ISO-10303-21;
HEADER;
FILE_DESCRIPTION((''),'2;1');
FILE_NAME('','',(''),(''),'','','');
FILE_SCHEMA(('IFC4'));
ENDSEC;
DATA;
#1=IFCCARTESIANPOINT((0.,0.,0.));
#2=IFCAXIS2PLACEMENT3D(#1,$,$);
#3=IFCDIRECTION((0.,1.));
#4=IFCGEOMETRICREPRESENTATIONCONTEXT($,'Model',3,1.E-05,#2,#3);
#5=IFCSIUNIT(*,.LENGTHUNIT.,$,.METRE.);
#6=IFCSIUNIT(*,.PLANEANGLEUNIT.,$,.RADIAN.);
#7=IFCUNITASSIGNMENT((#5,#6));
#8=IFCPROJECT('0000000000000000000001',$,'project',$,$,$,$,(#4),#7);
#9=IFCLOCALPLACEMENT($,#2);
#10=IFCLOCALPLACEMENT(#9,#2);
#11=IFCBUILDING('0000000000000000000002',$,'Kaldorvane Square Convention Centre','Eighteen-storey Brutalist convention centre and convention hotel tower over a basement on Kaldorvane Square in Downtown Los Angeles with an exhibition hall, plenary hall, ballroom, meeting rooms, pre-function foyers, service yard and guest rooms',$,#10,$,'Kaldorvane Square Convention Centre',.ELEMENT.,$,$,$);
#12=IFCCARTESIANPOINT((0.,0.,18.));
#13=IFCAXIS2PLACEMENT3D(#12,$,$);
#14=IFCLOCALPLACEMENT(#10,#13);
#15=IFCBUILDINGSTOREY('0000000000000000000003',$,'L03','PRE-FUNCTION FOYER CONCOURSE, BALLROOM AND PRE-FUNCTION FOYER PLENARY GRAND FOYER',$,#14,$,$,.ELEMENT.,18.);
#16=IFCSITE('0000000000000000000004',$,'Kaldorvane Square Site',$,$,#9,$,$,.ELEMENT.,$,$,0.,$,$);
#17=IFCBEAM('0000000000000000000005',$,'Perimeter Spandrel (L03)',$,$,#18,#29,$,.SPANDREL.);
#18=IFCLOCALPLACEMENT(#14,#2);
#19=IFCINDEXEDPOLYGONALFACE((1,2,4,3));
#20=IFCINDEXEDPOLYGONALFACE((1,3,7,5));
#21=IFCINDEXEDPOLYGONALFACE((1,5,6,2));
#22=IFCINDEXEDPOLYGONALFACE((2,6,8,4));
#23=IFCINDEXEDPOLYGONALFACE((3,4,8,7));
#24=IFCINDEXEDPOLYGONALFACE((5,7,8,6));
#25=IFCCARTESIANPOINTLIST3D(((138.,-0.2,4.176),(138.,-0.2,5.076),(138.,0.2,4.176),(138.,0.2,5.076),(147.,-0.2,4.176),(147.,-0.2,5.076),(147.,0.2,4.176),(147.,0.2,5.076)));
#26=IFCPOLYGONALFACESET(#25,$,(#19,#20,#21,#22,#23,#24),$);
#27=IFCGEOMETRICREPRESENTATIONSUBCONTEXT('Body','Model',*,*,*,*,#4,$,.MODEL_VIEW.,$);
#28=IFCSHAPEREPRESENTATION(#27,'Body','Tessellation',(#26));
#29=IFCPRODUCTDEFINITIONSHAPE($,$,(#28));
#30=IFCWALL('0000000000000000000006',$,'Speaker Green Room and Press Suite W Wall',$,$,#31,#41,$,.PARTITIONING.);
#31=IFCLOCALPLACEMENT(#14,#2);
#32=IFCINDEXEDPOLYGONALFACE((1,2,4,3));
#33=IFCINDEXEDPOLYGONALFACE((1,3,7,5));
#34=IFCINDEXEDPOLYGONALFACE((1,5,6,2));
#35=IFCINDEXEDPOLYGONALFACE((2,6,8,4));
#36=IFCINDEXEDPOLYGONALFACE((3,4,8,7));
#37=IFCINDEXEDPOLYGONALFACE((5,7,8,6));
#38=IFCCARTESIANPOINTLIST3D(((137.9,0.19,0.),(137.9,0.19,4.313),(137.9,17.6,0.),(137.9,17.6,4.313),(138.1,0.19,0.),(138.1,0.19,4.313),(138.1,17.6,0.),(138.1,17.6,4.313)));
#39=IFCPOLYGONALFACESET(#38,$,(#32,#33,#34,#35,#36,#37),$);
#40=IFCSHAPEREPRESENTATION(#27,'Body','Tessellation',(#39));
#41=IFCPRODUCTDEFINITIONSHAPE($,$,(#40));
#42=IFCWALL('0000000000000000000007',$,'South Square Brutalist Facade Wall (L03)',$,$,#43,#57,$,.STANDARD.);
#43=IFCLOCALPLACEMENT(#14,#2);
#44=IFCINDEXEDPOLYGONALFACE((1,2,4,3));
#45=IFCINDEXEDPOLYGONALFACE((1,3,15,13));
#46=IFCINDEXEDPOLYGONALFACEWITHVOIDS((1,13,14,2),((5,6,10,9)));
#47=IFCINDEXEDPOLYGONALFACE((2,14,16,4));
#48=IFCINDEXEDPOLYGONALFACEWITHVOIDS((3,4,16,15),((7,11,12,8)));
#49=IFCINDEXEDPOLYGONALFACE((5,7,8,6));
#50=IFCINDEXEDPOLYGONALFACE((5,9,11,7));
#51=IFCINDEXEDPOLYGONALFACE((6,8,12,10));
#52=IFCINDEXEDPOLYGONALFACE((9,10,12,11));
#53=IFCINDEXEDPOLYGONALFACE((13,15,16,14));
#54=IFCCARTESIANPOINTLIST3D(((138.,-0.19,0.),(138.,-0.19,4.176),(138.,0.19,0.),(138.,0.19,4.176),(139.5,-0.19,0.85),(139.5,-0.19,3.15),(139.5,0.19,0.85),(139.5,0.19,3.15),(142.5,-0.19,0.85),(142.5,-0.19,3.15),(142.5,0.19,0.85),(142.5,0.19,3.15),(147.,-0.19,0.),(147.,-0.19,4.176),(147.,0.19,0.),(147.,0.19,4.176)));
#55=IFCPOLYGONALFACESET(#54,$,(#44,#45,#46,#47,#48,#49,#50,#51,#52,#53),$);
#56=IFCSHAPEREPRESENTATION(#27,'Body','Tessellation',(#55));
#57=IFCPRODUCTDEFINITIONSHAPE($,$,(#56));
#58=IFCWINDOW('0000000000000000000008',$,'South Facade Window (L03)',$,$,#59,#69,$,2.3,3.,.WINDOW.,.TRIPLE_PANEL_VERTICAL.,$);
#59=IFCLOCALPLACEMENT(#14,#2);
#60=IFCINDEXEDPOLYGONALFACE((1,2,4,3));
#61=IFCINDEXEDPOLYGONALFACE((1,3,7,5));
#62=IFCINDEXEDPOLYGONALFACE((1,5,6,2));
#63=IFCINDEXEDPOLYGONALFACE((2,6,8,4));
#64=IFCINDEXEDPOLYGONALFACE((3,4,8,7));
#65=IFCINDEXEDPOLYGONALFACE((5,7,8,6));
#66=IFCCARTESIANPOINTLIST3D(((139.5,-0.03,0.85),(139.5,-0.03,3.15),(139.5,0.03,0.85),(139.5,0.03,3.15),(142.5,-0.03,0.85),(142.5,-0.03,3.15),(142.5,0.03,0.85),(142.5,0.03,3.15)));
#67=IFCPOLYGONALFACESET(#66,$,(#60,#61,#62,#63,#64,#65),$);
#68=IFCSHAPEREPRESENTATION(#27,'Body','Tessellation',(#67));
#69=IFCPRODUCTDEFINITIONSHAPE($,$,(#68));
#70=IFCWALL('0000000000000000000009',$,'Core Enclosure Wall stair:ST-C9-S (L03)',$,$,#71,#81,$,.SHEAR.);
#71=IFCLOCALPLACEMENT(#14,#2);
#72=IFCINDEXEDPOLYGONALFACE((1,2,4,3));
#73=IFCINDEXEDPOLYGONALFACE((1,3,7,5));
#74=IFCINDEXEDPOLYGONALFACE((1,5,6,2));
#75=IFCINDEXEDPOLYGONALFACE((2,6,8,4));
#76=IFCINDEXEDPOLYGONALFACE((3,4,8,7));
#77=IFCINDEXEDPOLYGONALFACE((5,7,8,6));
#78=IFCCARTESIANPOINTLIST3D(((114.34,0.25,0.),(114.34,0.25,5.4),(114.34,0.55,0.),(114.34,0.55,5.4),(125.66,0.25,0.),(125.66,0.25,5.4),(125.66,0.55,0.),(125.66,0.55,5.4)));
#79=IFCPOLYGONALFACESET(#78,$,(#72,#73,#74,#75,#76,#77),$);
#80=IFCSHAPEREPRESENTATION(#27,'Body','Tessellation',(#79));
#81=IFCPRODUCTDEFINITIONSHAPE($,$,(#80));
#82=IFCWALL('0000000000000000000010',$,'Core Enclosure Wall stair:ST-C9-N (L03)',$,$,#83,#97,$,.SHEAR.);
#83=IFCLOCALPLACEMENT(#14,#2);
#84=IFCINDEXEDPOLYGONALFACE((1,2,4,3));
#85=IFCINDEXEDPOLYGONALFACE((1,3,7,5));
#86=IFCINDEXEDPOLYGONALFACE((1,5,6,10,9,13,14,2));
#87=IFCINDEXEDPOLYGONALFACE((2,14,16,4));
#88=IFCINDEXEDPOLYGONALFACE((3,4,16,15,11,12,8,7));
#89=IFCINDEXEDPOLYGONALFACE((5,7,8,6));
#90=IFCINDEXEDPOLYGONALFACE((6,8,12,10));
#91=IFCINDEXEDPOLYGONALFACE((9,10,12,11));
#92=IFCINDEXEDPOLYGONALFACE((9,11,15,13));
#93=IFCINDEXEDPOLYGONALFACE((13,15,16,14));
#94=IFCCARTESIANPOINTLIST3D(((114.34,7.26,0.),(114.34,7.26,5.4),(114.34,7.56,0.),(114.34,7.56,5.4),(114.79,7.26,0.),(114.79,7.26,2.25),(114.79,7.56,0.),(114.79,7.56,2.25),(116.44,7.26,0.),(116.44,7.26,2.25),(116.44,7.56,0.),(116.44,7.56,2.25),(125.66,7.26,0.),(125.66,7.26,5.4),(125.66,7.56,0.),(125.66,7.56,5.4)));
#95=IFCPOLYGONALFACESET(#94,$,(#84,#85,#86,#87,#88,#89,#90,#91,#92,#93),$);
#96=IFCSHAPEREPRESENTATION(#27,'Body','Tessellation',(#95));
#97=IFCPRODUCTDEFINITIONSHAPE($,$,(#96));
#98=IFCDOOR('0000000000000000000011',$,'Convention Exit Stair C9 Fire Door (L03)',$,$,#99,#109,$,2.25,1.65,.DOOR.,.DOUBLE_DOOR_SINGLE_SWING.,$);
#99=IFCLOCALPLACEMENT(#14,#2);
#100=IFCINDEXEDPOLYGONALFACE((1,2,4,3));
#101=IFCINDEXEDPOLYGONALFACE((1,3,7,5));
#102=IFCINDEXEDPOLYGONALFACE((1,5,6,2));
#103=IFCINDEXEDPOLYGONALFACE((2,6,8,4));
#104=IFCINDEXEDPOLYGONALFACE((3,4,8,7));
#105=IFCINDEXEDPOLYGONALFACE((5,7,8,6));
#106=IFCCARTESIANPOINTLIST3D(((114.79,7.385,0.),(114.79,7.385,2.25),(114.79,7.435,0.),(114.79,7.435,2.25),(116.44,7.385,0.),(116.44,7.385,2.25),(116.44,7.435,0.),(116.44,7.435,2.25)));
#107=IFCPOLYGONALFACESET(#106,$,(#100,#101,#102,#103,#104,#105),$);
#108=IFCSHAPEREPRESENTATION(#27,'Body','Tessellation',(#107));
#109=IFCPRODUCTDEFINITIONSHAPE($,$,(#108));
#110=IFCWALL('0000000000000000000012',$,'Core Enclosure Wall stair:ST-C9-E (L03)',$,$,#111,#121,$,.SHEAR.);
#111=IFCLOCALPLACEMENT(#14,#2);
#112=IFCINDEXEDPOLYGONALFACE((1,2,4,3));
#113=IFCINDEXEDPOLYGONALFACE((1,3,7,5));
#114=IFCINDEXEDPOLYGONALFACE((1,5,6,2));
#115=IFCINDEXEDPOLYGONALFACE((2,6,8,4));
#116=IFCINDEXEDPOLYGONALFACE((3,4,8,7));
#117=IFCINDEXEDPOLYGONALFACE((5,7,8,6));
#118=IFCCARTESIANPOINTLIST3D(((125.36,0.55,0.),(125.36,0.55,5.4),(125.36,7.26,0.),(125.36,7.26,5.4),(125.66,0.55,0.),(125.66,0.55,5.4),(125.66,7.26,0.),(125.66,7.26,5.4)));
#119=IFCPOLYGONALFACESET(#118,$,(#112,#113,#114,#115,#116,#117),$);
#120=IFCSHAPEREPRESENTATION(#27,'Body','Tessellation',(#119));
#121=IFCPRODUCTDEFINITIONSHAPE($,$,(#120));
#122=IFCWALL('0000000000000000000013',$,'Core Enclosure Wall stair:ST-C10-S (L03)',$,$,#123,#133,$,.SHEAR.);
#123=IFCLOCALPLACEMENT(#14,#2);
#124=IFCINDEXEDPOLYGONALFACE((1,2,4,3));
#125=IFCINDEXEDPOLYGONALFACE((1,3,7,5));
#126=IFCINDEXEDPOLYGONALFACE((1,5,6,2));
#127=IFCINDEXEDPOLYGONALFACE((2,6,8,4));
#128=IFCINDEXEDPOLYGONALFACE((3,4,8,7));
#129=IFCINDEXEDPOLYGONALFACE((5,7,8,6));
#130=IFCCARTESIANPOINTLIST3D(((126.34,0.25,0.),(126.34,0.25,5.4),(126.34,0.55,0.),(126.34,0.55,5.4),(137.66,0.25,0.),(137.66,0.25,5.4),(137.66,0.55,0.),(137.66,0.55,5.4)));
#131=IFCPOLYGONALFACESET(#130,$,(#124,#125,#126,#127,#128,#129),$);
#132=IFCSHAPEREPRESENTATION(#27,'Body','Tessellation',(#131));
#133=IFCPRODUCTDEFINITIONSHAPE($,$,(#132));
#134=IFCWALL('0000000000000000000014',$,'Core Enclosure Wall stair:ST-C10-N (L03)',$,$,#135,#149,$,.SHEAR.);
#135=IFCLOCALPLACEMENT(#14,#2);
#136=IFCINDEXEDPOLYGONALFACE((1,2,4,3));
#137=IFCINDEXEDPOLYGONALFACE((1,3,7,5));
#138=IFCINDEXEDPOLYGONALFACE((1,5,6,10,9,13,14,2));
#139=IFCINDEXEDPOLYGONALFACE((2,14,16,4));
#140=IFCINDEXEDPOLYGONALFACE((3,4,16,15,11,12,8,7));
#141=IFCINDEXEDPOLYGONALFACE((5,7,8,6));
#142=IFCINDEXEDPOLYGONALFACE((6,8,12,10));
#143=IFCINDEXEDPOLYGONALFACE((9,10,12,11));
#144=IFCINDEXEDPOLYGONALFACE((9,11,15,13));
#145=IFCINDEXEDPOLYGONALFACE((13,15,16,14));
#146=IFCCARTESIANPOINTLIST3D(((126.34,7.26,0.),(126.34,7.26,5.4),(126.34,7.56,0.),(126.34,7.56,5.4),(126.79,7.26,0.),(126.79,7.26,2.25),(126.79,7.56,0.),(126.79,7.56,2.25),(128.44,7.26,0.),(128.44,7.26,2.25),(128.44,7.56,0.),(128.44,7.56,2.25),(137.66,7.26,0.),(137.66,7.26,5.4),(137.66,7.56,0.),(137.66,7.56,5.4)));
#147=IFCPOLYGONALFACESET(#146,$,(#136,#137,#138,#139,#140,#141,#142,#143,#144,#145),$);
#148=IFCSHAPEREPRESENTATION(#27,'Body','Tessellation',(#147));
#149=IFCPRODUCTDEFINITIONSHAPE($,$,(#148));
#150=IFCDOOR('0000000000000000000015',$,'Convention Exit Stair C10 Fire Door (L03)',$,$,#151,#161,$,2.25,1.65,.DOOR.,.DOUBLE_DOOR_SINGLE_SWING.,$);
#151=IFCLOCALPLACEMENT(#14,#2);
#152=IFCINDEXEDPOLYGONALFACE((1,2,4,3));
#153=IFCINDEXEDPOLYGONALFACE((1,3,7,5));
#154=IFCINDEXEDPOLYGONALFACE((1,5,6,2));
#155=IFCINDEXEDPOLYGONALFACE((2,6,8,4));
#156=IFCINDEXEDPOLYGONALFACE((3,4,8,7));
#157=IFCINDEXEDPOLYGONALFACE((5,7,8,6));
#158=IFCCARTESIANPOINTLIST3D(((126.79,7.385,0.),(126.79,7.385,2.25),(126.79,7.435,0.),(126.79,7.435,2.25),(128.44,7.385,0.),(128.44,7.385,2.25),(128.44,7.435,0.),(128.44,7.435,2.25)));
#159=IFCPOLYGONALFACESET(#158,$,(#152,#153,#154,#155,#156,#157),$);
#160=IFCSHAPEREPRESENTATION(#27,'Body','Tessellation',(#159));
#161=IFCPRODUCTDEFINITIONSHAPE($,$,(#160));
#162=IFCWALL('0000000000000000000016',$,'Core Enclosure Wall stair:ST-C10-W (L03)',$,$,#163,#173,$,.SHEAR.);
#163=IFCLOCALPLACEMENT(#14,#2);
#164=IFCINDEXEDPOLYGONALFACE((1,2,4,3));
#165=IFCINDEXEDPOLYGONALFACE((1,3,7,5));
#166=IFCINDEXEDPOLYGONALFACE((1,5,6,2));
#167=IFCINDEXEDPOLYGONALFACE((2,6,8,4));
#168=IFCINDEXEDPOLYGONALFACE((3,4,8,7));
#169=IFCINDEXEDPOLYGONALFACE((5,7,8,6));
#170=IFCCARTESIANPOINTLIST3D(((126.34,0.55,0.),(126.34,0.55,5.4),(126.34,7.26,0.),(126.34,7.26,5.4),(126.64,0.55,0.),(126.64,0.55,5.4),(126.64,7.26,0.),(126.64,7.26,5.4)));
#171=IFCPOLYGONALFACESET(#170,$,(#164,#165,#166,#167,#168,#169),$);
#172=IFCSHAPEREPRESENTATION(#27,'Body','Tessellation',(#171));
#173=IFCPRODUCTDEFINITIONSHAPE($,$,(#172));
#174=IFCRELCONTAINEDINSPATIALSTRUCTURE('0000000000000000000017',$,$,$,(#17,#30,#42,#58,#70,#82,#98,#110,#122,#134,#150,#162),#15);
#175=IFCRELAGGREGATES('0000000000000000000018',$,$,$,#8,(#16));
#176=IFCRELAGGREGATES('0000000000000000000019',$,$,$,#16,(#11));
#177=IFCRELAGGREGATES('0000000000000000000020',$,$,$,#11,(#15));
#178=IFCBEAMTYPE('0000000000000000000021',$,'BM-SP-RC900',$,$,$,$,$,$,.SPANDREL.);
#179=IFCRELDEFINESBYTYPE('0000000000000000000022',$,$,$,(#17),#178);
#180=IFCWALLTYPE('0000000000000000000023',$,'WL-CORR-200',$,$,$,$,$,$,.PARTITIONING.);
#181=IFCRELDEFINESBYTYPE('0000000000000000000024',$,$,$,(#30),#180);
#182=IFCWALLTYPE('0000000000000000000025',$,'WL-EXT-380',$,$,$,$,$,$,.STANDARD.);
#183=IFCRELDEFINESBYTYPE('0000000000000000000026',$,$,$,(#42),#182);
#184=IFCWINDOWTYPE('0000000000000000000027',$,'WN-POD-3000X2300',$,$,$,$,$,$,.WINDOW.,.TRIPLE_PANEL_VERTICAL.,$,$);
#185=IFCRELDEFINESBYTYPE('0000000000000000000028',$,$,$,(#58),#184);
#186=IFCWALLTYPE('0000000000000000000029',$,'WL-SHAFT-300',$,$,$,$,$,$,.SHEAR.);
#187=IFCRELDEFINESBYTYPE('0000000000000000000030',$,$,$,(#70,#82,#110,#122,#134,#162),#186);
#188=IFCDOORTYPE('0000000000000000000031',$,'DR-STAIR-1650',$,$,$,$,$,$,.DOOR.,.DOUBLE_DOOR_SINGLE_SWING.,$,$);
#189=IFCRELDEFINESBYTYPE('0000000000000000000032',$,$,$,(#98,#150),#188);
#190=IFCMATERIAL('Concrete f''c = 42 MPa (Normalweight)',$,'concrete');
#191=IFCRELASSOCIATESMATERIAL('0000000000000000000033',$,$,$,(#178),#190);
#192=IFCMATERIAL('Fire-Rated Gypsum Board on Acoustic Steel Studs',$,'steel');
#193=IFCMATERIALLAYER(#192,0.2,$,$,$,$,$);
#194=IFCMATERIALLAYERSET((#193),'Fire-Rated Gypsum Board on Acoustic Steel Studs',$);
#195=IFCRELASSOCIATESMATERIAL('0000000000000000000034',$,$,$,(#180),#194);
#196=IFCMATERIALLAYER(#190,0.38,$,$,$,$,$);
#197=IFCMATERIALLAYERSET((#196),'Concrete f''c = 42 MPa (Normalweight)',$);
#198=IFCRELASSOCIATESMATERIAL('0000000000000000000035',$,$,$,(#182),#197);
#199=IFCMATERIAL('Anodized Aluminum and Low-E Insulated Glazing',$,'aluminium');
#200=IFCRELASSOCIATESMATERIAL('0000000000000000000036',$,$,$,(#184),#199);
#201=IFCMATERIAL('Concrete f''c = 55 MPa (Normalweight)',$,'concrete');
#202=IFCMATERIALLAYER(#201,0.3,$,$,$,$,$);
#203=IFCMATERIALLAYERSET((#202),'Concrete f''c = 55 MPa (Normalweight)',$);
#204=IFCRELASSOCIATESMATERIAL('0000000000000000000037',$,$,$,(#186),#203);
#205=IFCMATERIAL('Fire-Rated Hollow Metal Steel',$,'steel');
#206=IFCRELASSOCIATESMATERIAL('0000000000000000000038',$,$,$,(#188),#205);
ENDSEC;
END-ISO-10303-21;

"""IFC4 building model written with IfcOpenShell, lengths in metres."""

from ifc_helpers import new_model, si_unit, direction, frame, frame_2d, origin, origin_2d, place, context, subcontext, project, spatial, rectangle, extrude, material, layer, layer_set, material_profile, profile_set, type_object, element, fill, save


model = new_model("IFC4")

# Units and contexts
model_context = context("Model", 3, precision=1e-05, world=origin(), true_north=direction((0.0, 1.0)))
body_context = subcontext(model_context, "Body", "Model", "MODEL_VIEW")
ifc_project = project(units=[si_unit("LENGTHUNIT", "METRE"), si_unit("PLANEANGLEUNIT", "RADIAN")], contexts=[model_context])

# Site, building, storey
site_placement = place(None, origin())
site = spatial("IfcSite", under=ifc_project, at=site_placement, Name="Kaldorvane Square Site", CompositionType="ELEMENT", RefElevation=0.0)
building_placement = place(site_placement, origin())
building = spatial("IfcBuilding", under=site, at=building_placement, Name="Kaldorvane Square Convention Centre", Description="Eighteen-storey Brutalist convention centre and convention hotel tower over a basement on Kaldorvane Square in Downtown Los Angeles with an exhibition hall, plenary hall, ballroom, meeting rooms, pre-function foyers, service yard and guest rooms", LongName="Kaldorvane Square Convention Centre", CompositionType="ELEMENT")
storey_placement = place(building_placement, frame((0.0, 0.0, 18.0)))
storey = spatial("IfcBuildingStorey", under=building, at=storey_placement, Name="L03", Description="PRE-FUNCTION FOYER CONCOURSE, BALLROOM AND PRE-FUNCTION FOYER PLENARY GRAND FOYER", CompositionType="ELEMENT", Elevation=18.0)

# Beam
ifc_material_1 = material(Name="Concrete f'c = 42 MPa (Normalweight)", Category="concrete")
ifc_material_profile_1 = material_profile(ifc_material_1, rectangle(XDim=0.4, YDim=0.9, at=origin_2d()), Name="RCSP900X400")
ifc_profile_set_1 = profile_set([ifc_material_profile_1], Name="Concrete f'c = 42 MPa (Normalweight)")
beam_type_1 = type_object("IfcBeamType", Name="BM-SP-RC900", PredefinedType="SPANDREL", material=ifc_profile_set_1)
beam_1_placement = place(storey_placement, frame((138.0, 0.0, 4.626), z_axis=(1.0, 0.0, 0.0), x_axis=(0.0, 1.0, 0.0)))
element("IfcBeam", 1, at=beam_1_placement, inside=storey, type_object=beam_type_1, Name="Perimeter Spandrel (L03)", PredefinedType="SPANDREL", context=body_context, shape_type="SweptSolid", body=[
    extrude(rectangle(XDim=0.4, YDim=0.9, at=origin_2d()), origin(), (0.0, 0.0, 1.0), 9.0),
])

# Wall
ifc_material_2 = material(Name="Fire-Rated Gypsum Board on Acoustic Steel Studs", Category="steel")
ifc_layer_1 = layer(ifc_material_2, 0.2)
ifc_layer_set_1 = layer_set([ifc_layer_1], Name="Fire-Rated Gypsum Board on Acoustic Steel Studs")
wall_type_1 = type_object("IfcWallType", Name="WL-CORR-200", PredefinedType="PARTITIONING", material=ifc_layer_set_1)
wall_1_placement = place(storey_placement, frame((138.0, 17.6, 0.0), z_axis=(0.0, 0.0, 1.0), x_axis=(0.0, -1.0, 0.0)))
element("IfcWall", 2, at=wall_1_placement, inside=storey, type_object=wall_type_1, Name="Speaker Green Room and Press Suite W Wall", PredefinedType="PARTITIONING", context=body_context, shape_type="SweptSolid", body=[
    extrude(rectangle(XDim=17.41, YDim=0.2, at=frame_2d((8.705, 0.0))), origin(), (0.0, 0.0, 1.0), 4.313),
])

# Wall, opening, window
ifc_layer_2 = layer(ifc_material_1, 0.38)
ifc_layer_set_2 = layer_set([ifc_layer_2], Name="Concrete f'c = 42 MPa (Normalweight)")
wall_type_2 = type_object("IfcWallType", Name="WL-EXT-380", PredefinedType="STANDARD", material=ifc_layer_set_2)
wall_2_placement = place(storey_placement, frame((138.0, 0.0, 0.0), z_axis=(0.0, 0.0, 1.0), x_axis=(1.0, 0.0, 0.0)))
wall_2 = element("IfcWall", 3, at=wall_2_placement, inside=storey, type_object=wall_type_2, Name="South Square Brutalist Facade Wall (L03)", PredefinedType="STANDARD", context=body_context, shape_type="SweptSolid", body=[
    extrude(rectangle(XDim=9.0, YDim=0.38, at=frame_2d((4.5, 0.0))), origin(), (0.0, 0.0, 1.0), 4.176),
])
opening_1_placement = place(wall_2_placement, frame((1.5, 0.0, 0.85)))
opening_1 = element("IfcOpeningElement", 4, at=opening_1_placement, cuts=wall_2, PredefinedType="OPENING", context=body_context, shape_type="SweptSolid", body=[
    extrude(rectangle(XDim=3.0, YDim=2.3, at=frame_2d((1.5, 1.15))), frame((0.0, 0.205, 0.0), z_axis=(0.0, -1.0, 0.0), x_axis=(1.0, 0.0, 0.0)), (0.0, 0.0, 1.0), 0.41),
])
ifc_material_3 = material(Name="Anodized Aluminum and Low-E Insulated Glazing", Category="aluminium")
window_type = type_object("IfcWindowType", Name="WN-POD-3000X2300", PartitioningType="TRIPLE_PANEL_VERTICAL", PredefinedType="WINDOW", material=ifc_material_3)
window_placement = place(opening_1_placement, origin())
window = element("IfcWindow", 5, at=window_placement, inside=storey, type_object=window_type, Name="South Facade Window (L03)", OverallHeight=2.3, OverallWidth=3.0, PartitioningType="TRIPLE_PANEL_VERTICAL", PredefinedType="WINDOW", context=body_context, shape_type="SweptSolid", body=[
    extrude(rectangle(XDim=3.0, YDim=2.3, at=frame_2d((1.5, 1.15))), frame((0.0, 0.03, 0.0), z_axis=(0.0, -1.0, 0.0), x_axis=(1.0, 0.0, 0.0)), (0.0, 0.0, 1.0), 0.06),
])
fill(opening_1, window)

# Wall
ifc_material_4 = material(Name="Concrete f'c = 55 MPa (Normalweight)", Category="concrete")
ifc_layer_3 = layer(ifc_material_4, 0.3)
ifc_layer_set_3 = layer_set([ifc_layer_3], Name="Concrete f'c = 55 MPa (Normalweight)")
wall_type_3 = type_object("IfcWallType", Name="WL-SHAFT-300", PredefinedType="SHEAR", material=ifc_layer_set_3)
wall_3_placement = place(storey_placement, frame((125.66, 0.4, 0.0), z_axis=(0.0, 0.0, 1.0), x_axis=(-1.0, 0.0, 0.0)))
element("IfcWall", 6, at=wall_3_placement, inside=storey, type_object=wall_type_3, Name="Core Enclosure Wall stair:ST-C9-S (L03)", PredefinedType="SHEAR", context=body_context, shape_type="SweptSolid", body=[
    extrude(rectangle(XDim=11.32, YDim=0.3, at=frame_2d((5.66, 0.0))), origin(), (0.0, 0.0, 1.0), 5.4),
])

# Wall, opening, door
wall_4_placement = place(storey_placement, frame((125.66, 7.41, 0.0), z_axis=(0.0, 0.0, 1.0), x_axis=(-1.0, 0.0, 0.0)))
wall_4 = element("IfcWall", 7, at=wall_4_placement, inside=storey, type_object=wall_type_3, Name="Core Enclosure Wall stair:ST-C9-N (L03)", PredefinedType="SHEAR", context=body_context, shape_type="SweptSolid", body=[
    extrude(rectangle(XDim=11.32, YDim=0.3, at=frame_2d((5.66, 0.0))), origin(), (0.0, 0.0, 1.0), 5.4),
])
opening_2_placement = place(wall_4_placement, frame((9.22, 0.0, 0.0)))
opening_2 = element("IfcOpeningElement", 8, at=opening_2_placement, cuts=wall_4, PredefinedType="OPENING", context=body_context, shape_type="SweptSolid", body=[
    extrude(rectangle(XDim=1.65, YDim=2.25, at=frame_2d((0.825, 1.125))), frame((0.0, 0.165, 0.0), z_axis=(0.0, -1.0, 0.0), x_axis=(1.0, 0.0, 0.0)), (0.0, 0.0, 1.0), 0.33),
])
ifc_material_5 = material(Name="Fire-Rated Hollow Metal Steel", Category="steel")
door_type = type_object("IfcDoorType", Name="DR-STAIR-1650", OperationType="DOUBLE_DOOR_SINGLE_SWING", PredefinedType="DOOR", material=ifc_material_5)
door_1_placement = place(opening_2_placement, origin())
door_1 = element("IfcDoor", 9, at=door_1_placement, inside=storey, type_object=door_type, Name="Convention Exit Stair C9 Fire Door (L03)", OperationType="DOUBLE_DOOR_SINGLE_SWING", OverallHeight=2.25, OverallWidth=1.65, PredefinedType="DOOR", context=body_context, shape_type="SweptSolid", body=[
    extrude(rectangle(XDim=1.65, YDim=2.25, at=frame_2d((0.825, 1.125))), frame((0.0, 0.025, 0.0), z_axis=(0.0, -1.0, 0.0), x_axis=(1.0, 0.0, 0.0)), (0.0, 0.0, 1.0), 0.05),
])
fill(opening_2, door_1)

# Walls
wall_5_placement = place(storey_placement, frame((125.51, 0.55, 0.0), z_axis=(0.0, 0.0, 1.0), x_axis=(0.0, 1.0, 0.0)))
element("IfcWall", 10, at=wall_5_placement, inside=storey, type_object=wall_type_3, Name="Core Enclosure Wall stair:ST-C9-E (L03)", PredefinedType="SHEAR", context=body_context, shape_type="SweptSolid", body=[
    extrude(rectangle(XDim=6.71, YDim=0.3, at=frame_2d((3.355, 0.0))), origin(), (0.0, 0.0, 1.0), 5.4),
])
wall_6_placement = place(storey_placement, frame((137.66, 0.4, 0.0), z_axis=(0.0, 0.0, 1.0), x_axis=(-1.0, 0.0, 0.0)))
element("IfcWall", 11, at=wall_6_placement, inside=storey, type_object=wall_type_3, Name="Core Enclosure Wall stair:ST-C10-S (L03)", PredefinedType="SHEAR", context=body_context, shape_type="SweptSolid", body=[
    extrude(rectangle(XDim=11.32, YDim=0.3, at=frame_2d((5.66, 0.0))), origin(), (0.0, 0.0, 1.0), 5.4),
])

# Wall, opening, door
wall_7_placement = place(storey_placement, frame((137.66, 7.41, 0.0), z_axis=(0.0, 0.0, 1.0), x_axis=(-1.0, 0.0, 0.0)))
wall_7 = element("IfcWall", 12, at=wall_7_placement, inside=storey, type_object=wall_type_3, Name="Core Enclosure Wall stair:ST-C10-N (L03)", PredefinedType="SHEAR", context=body_context, shape_type="SweptSolid", body=[
    extrude(rectangle(XDim=11.32, YDim=0.3, at=frame_2d((5.66, 0.0))), origin(), (0.0, 0.0, 1.0), 5.4),
])
opening_3_placement = place(wall_7_placement, frame((9.22, 0.0, 0.0)))
opening_3 = element("IfcOpeningElement", 13, at=opening_3_placement, cuts=wall_7, PredefinedType="OPENING", context=body_context, shape_type="SweptSolid", body=[
    extrude(rectangle(XDim=1.65, YDim=2.25, at=frame_2d((0.825, 1.125))), frame((0.0, 0.165, 0.0), z_axis=(0.0, -1.0, 0.0), x_axis=(1.0, 0.0, 0.0)), (0.0, 0.0, 1.0), 0.33),
])
door_2_placement = place(opening_3_placement, origin())
door_2 = element("IfcDoor", 14, at=door_2_placement, inside=storey, type_object=door_type, Name="Convention Exit Stair C10 Fire Door (L03)", OperationType="DOUBLE_DOOR_SINGLE_SWING", OverallHeight=2.25, OverallWidth=1.65, PredefinedType="DOOR", context=body_context, shape_type="SweptSolid", body=[
    extrude(rectangle(XDim=1.65, YDim=2.25, at=frame_2d((0.825, 1.125))), frame((0.0, 0.025, 0.0), z_axis=(0.0, -1.0, 0.0), x_axis=(1.0, 0.0, 0.0)), (0.0, 0.0, 1.0), 0.05),
])
fill(opening_3, door_2)

# Wall
for number, where, z_axis, x_axis, name in (
    (15, (126.49, 7.26, 0.0), (0.0, 0.0, 1.0), (0.0, -1.0, 0.0), "Core Enclosure Wall stair:ST-C10-W (L03)"),
):
    element("IfcWall", number, at=place(storey_placement, frame(where, z_axis=z_axis, x_axis=x_axis)), inside=storey, type_object=wall_type_3, Name=name, PredefinedType="SHEAR", context=body_context, shape_type="SweptSolid", body=[
        extrude(rectangle(XDim=6.71, YDim=0.3, at=frame_2d((3.355, 0.0))), origin(), (0.0, 0.0, 1.0), 5.4),
    ])

save(model, "model.ifc")
